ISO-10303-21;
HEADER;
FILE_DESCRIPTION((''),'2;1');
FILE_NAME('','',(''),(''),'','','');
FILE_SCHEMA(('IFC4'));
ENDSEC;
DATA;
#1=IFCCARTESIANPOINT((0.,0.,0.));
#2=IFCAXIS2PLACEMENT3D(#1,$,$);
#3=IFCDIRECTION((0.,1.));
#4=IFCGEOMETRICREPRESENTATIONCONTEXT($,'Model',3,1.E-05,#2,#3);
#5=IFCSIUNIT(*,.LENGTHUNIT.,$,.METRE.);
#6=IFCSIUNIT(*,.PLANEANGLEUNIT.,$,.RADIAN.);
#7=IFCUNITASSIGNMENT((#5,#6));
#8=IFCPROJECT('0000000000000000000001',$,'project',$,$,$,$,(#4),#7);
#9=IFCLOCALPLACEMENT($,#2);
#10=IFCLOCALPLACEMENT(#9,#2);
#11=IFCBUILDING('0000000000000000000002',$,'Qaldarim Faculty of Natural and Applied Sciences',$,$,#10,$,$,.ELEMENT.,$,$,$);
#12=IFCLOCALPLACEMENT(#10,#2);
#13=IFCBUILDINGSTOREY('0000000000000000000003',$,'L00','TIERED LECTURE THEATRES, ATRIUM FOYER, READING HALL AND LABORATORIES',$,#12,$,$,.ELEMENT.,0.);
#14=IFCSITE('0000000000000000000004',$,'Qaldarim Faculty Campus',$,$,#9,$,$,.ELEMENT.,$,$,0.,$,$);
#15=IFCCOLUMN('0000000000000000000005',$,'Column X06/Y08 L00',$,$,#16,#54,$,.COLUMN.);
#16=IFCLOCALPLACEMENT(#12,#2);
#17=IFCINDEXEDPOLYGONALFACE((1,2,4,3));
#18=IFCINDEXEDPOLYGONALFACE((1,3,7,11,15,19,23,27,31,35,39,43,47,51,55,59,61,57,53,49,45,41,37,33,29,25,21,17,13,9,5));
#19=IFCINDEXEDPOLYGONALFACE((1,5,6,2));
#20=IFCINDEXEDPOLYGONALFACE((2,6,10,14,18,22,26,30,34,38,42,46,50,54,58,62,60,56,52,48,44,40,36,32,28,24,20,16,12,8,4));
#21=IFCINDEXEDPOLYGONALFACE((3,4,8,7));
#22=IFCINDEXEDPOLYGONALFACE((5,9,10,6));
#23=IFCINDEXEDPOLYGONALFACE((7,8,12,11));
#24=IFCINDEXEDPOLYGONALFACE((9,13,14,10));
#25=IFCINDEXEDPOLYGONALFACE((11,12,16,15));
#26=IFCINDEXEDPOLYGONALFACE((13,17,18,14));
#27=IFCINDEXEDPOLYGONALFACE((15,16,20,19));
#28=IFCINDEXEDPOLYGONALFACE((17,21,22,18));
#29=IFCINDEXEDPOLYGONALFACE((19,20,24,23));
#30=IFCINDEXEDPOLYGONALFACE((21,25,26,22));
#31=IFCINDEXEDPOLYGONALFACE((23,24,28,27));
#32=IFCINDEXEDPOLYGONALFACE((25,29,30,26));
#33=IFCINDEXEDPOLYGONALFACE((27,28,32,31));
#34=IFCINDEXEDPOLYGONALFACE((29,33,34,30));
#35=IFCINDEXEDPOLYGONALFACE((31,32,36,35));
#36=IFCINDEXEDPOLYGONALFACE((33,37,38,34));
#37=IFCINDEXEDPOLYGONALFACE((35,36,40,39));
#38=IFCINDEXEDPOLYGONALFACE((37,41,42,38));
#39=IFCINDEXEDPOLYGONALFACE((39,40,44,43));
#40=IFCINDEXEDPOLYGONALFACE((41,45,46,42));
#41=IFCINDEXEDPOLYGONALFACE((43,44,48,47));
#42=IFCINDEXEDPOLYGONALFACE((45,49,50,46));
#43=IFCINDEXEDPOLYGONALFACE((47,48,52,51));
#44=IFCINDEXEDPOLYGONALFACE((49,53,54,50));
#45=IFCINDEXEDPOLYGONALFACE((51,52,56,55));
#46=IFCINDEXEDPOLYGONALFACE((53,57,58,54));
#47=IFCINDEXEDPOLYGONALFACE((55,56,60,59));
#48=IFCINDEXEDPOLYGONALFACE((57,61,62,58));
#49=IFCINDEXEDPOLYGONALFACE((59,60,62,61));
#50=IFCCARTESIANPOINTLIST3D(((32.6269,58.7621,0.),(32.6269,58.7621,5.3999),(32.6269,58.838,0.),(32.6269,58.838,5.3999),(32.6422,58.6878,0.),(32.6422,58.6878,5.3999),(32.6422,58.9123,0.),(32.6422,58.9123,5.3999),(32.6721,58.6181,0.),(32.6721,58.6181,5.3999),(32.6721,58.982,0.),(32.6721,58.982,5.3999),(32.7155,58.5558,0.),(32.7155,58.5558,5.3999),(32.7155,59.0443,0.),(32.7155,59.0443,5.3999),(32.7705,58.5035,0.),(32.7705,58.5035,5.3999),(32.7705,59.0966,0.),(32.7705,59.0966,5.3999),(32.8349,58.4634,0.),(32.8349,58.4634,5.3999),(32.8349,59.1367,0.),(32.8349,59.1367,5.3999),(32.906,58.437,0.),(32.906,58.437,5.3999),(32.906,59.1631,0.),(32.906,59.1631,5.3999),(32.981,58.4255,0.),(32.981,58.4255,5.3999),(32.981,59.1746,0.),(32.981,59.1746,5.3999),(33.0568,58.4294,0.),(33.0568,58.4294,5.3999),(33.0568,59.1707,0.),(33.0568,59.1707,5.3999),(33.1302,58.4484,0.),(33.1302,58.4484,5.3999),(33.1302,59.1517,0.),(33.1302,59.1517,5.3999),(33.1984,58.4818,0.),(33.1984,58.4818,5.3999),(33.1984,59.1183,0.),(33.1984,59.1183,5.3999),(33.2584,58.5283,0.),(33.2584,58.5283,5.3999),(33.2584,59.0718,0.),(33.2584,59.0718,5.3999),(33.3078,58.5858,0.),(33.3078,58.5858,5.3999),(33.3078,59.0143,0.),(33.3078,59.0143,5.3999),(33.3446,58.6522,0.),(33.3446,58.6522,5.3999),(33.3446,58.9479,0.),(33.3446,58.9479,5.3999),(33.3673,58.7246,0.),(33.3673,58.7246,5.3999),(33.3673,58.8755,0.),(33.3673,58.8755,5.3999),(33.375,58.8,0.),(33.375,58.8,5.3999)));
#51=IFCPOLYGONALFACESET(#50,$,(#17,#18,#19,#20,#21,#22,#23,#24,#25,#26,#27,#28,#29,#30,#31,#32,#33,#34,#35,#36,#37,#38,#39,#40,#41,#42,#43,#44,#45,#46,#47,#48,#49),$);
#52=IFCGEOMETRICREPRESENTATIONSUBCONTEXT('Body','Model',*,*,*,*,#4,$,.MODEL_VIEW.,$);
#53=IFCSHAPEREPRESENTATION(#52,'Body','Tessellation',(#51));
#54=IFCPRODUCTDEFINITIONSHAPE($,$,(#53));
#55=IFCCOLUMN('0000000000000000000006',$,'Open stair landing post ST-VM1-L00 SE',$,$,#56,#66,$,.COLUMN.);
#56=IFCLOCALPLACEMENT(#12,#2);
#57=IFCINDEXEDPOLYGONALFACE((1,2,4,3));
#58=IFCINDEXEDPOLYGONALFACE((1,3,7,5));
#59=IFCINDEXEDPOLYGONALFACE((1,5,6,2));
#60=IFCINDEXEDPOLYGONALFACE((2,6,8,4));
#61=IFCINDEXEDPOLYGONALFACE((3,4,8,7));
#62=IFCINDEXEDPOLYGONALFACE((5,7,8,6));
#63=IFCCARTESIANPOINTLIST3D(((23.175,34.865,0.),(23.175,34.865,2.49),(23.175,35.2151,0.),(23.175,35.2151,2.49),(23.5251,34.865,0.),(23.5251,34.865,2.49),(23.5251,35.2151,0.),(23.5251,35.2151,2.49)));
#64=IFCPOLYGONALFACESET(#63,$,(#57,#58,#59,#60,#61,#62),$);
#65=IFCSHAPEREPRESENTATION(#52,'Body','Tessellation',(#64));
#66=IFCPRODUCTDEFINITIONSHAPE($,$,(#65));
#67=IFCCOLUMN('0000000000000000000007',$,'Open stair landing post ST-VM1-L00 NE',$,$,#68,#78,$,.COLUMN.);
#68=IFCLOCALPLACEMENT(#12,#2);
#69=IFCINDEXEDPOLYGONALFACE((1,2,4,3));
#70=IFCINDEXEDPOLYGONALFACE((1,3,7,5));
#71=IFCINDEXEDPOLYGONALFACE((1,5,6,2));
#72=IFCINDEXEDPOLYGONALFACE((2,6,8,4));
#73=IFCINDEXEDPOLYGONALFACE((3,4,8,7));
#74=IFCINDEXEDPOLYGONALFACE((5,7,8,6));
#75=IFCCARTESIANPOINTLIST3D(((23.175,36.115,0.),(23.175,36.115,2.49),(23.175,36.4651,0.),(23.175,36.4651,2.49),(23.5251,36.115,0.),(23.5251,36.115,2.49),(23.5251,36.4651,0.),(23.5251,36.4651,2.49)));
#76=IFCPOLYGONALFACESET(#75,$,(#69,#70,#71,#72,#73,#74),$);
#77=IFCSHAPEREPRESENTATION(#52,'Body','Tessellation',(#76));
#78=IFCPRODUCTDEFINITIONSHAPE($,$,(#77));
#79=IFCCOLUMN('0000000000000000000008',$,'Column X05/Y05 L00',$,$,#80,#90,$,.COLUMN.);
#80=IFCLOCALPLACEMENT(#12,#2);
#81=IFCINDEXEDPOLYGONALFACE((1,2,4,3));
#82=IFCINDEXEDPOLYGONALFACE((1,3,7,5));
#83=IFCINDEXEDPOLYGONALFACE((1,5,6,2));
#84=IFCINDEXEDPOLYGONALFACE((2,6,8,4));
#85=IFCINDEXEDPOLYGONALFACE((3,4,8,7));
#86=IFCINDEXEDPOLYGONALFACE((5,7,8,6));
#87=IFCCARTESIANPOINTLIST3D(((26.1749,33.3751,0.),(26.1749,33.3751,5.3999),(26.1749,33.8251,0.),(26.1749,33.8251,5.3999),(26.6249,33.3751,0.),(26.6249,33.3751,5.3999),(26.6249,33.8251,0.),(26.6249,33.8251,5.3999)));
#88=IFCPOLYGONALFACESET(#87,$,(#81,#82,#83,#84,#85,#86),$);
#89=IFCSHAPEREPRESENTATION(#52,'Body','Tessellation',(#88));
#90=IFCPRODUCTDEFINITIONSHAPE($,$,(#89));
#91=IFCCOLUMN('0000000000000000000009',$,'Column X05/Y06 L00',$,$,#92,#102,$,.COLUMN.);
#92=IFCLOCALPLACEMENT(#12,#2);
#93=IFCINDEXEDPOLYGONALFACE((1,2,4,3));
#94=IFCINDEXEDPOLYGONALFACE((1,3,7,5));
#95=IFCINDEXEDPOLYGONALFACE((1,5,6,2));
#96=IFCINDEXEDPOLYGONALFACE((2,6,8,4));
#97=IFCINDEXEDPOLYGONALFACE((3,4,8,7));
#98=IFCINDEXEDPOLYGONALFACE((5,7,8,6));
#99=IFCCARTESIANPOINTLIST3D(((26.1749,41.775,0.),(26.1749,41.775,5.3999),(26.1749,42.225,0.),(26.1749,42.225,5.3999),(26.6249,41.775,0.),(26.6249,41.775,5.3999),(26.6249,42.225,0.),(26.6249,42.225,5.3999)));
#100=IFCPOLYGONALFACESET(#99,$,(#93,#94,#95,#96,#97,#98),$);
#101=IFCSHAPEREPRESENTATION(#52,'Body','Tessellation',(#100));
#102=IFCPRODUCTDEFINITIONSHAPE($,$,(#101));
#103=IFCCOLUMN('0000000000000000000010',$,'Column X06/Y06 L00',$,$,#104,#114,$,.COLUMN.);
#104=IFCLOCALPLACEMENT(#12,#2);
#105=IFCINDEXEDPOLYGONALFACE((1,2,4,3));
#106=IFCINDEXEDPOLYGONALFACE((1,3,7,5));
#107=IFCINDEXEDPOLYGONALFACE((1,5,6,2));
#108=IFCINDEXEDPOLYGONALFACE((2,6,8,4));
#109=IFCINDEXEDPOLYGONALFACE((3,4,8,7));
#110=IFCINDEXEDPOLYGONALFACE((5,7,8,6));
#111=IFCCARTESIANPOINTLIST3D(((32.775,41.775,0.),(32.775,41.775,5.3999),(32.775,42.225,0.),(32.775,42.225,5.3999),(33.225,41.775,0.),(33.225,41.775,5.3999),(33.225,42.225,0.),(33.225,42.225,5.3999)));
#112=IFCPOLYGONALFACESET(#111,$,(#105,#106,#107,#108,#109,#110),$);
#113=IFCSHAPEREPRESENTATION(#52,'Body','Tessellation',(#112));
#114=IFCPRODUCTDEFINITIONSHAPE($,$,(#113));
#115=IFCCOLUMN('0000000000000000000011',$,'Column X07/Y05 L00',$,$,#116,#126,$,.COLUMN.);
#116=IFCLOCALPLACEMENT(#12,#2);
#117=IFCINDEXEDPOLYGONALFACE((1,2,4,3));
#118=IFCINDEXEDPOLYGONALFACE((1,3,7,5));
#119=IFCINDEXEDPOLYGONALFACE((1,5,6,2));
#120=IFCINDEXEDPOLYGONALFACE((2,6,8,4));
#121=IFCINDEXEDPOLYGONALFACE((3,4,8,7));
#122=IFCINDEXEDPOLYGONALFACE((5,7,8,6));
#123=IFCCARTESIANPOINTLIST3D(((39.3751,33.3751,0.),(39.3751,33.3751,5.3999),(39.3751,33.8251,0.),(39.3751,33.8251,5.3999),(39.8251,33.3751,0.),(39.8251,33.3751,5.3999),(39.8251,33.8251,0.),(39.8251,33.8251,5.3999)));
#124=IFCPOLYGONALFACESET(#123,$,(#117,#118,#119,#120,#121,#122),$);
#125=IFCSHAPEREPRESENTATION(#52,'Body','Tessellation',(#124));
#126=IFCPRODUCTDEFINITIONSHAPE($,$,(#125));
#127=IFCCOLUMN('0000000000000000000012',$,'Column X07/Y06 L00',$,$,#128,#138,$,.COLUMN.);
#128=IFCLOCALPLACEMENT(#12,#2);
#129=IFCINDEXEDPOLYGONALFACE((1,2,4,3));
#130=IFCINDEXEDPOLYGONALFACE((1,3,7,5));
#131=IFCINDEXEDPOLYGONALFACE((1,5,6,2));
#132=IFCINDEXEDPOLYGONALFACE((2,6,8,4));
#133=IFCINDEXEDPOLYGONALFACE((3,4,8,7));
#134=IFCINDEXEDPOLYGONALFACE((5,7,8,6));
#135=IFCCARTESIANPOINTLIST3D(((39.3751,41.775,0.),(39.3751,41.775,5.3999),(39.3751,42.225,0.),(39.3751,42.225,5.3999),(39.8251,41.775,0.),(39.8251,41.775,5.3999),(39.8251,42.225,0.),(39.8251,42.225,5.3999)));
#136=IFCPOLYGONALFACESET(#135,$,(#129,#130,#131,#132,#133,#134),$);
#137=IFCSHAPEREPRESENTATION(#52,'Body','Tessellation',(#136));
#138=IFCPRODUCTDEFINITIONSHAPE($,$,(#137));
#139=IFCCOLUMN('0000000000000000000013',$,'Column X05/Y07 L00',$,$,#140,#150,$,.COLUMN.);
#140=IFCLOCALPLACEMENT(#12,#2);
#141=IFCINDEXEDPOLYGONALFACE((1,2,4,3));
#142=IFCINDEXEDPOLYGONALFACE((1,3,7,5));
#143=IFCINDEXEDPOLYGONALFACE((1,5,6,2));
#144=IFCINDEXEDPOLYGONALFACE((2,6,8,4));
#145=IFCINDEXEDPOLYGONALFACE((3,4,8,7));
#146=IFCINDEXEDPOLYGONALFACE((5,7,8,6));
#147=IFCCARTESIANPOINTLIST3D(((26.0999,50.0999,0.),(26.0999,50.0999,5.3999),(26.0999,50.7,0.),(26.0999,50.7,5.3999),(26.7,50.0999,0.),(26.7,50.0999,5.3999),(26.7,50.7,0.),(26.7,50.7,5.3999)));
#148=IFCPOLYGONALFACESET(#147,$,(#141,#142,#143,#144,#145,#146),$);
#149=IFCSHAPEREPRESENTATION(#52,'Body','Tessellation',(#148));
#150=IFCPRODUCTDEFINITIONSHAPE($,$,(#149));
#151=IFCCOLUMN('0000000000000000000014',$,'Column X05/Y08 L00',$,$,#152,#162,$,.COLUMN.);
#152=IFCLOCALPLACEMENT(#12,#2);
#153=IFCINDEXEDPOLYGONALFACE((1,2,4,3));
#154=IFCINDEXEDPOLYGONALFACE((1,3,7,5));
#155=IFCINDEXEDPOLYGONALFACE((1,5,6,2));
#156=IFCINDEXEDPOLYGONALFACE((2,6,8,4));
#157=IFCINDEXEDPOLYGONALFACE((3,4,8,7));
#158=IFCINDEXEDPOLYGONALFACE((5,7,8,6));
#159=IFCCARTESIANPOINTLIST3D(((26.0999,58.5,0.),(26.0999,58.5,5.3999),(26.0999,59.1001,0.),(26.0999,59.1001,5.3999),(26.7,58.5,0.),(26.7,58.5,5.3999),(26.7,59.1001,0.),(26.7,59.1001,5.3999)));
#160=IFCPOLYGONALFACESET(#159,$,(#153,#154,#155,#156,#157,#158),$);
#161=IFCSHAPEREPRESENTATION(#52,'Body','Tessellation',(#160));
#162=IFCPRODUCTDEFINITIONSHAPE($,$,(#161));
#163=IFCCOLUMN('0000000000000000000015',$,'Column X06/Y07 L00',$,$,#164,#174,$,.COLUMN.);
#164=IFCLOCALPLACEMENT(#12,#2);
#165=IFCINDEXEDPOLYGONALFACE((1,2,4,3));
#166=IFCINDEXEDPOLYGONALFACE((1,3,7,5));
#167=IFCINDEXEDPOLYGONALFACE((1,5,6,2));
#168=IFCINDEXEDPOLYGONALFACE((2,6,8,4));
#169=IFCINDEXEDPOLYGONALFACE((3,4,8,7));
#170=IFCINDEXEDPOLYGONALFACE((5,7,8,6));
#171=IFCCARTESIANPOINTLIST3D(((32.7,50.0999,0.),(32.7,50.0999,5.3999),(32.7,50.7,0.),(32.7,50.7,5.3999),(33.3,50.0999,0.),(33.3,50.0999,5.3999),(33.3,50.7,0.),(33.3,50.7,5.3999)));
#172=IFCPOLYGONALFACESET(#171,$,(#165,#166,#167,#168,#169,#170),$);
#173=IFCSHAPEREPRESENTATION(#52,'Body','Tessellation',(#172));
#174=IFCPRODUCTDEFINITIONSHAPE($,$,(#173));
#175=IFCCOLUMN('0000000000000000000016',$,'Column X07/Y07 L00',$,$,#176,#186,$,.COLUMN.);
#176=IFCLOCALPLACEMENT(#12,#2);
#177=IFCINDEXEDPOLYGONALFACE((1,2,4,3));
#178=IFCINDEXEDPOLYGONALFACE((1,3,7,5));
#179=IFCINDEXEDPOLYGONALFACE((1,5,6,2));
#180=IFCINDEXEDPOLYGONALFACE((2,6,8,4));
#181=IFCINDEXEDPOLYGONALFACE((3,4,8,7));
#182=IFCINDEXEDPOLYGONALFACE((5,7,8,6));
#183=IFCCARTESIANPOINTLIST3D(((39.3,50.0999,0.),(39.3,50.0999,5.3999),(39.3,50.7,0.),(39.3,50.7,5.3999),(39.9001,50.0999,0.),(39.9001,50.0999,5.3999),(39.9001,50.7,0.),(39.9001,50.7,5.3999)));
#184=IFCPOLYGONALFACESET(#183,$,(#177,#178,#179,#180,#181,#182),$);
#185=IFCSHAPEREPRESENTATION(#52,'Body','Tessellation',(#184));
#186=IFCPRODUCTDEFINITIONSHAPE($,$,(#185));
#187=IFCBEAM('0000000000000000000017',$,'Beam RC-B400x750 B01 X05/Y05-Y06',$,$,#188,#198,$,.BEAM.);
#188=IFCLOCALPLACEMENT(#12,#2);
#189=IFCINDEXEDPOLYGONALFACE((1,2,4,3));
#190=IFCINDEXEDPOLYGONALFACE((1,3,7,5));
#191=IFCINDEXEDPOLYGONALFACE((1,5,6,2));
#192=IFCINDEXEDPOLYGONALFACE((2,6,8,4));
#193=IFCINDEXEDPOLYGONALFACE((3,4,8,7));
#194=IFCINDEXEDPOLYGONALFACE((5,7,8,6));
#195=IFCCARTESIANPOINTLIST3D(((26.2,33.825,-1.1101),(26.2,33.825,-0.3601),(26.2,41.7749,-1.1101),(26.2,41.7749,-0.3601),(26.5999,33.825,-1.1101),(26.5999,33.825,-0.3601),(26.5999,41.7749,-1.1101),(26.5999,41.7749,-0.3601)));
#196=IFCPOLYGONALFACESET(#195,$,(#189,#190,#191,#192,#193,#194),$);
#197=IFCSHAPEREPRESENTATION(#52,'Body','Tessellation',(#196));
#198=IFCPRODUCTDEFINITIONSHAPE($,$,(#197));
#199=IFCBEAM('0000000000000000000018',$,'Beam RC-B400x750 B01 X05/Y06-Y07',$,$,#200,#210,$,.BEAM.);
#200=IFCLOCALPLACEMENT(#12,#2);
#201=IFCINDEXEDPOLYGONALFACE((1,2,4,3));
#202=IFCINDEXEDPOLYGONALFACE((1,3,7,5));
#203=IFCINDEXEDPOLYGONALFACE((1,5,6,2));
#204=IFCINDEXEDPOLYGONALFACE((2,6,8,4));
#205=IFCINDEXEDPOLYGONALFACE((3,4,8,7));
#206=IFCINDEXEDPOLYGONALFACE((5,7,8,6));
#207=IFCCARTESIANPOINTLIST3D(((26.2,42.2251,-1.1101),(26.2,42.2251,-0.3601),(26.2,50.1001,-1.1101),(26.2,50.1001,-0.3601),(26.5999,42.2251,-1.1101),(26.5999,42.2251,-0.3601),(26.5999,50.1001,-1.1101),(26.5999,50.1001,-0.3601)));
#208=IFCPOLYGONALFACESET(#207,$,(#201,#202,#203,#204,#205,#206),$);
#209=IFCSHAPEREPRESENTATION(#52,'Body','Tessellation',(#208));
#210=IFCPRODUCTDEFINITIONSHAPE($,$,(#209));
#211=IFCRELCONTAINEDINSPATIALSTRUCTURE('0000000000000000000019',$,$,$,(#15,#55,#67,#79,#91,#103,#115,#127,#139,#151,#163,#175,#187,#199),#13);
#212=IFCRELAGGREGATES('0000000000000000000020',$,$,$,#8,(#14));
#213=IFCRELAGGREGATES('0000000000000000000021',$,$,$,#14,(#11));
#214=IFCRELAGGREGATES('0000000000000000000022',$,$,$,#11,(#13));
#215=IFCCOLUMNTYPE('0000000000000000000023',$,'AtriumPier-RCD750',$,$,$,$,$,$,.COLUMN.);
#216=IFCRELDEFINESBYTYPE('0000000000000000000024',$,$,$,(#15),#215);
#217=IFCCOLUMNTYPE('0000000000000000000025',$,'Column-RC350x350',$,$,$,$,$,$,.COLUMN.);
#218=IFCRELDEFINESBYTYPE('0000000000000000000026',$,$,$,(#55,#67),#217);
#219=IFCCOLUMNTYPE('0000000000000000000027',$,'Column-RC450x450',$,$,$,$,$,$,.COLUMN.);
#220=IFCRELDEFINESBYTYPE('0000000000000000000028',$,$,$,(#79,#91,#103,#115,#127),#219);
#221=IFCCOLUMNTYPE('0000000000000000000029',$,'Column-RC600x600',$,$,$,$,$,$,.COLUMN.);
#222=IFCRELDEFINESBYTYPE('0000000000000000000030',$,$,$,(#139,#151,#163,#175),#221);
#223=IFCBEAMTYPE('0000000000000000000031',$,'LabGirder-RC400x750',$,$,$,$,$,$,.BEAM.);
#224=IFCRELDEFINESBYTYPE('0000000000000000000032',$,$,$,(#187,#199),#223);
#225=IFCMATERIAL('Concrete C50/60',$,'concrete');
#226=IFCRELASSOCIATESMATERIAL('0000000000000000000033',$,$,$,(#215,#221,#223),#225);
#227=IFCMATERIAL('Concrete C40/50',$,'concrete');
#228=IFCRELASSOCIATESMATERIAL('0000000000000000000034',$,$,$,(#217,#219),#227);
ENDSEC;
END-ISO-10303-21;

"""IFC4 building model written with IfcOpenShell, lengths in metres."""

from ifc_helpers import new_model, si_unit, direction, frame, origin, origin_2d, place, context, subcontext, project, spatial, rectangle, circle, extrude, material, material_profile, profile_set, type_object, element, save


model = new_model("IFC4")

# Units and contexts
model_context = context("Model", 3, precision=1e-05, world=origin(), true_north=direction((0.0, 1.0)))
body_context = subcontext(model_context, "Body", "Model", "MODEL_VIEW")
ifc_project = project(units=[si_unit("LENGTHUNIT", "METRE"), si_unit("PLANEANGLEUNIT", "RADIAN")], contexts=[model_context])

# Site, building, storey
site_placement = place(None, origin())
site = spatial("IfcSite", under=ifc_project, at=site_placement, Name="Qaldarim Faculty Campus", CompositionType="ELEMENT", RefElevation=0.0)
building_placement = place(site_placement, origin())
building = spatial("IfcBuilding", under=site, at=building_placement, Name="Qaldarim Faculty of Natural and Applied Sciences", CompositionType="ELEMENT")
storey_placement = place(building_placement, origin())
storey = spatial("IfcBuildingStorey", under=building, at=storey_placement, Name="L00", Description="TIERED LECTURE THEATRES, ATRIUM FOYER, READING HALL AND LABORATORIES", CompositionType="ELEMENT", Elevation=0.0)

# Columns
ifc_material_1 = material(Name="Concrete C50/60", Category="concrete")
ifc_material_profile_1 = material_profile(ifc_material_1, circle(Radius=0.375, at=origin_2d()), Name="RC-D750")
ifc_profile_set_1 = profile_set([ifc_material_profile_1], Name="Concrete C50/60")
column_type_1 = type_object("IfcColumnType", Name="AtriumPier-RCD750", PredefinedType="COLUMN", material=ifc_profile_set_1)
column_placement = place(storey_placement, frame((33.0, 58.8, 0.0), z_axis=(0.0, 0.0, 1.0), x_axis=(1.0, 0.0, 0.0)))
element("IfcColumn", 1, at=column_placement, inside=storey, type_object=column_type_1, Name="Column X06/Y08 L00", PredefinedType="COLUMN", context=body_context, shape_type="SweptSolid", body=[
    extrude(circle(Radius=0.375, at=origin_2d()), origin(), (0.0, 0.0, 1.0), 5.3999),
])
ifc_material_2 = material(Name="Concrete C40/50", Category="concrete")
ifc_material_profile_2 = material_profile(ifc_material_2, rectangle(XDim=0.3501, YDim=0.3501, at=origin_2d()), Name="RC-C350x350")
ifc_profile_set_2 = profile_set([ifc_material_profile_2], Name="Concrete C40/50")
column_type_2 = type_object("IfcColumnType", Name="Column-RC350x350", PredefinedType="COLUMN", material=ifc_profile_set_2)
for number, where, z_axis, x_axis, name in (
    (2, (23.3501, 35.04, 0.0), (0.0, 0.0, 1.0), (1.0, 0.0, 0.0), "Open stair landing post ST-VM1-L00 SE"),
    (3, (23.3501, 36.29, 0.0), (0.0, 0.0, 1.0), (1.0, 0.0, 0.0), "Open stair landing post ST-VM1-L00 NE"),
):
    element("IfcColumn", number, at=place(storey_placement, frame(where, z_axis=z_axis, x_axis=x_axis)), inside=storey, type_object=column_type_2, Name=name, PredefinedType="COLUMN", context=body_context, shape_type="SweptSolid", body=[
        extrude(rectangle(XDim=0.3501, YDim=0.3501, at=origin_2d()), origin(), (0.0, 0.0, 1.0), 2.49),
    ])
ifc_material_profile_3 = material_profile(ifc_material_2, rectangle(XDim=0.45, YDim=0.45, at=origin_2d()), Name="RC-C450x450")
ifc_profile_set_3 = profile_set([ifc_material_profile_3], Name="Concrete C40/50")
column_type_3 = type_object("IfcColumnType", Name="Column-RC450x450", PredefinedType="COLUMN", material=ifc_profile_set_3)
for number, where, z_axis, x_axis, name in (
    (4, (26.3999, 33.6001, 0.0), (0.0, 0.0, 1.0), (1.0, 0.0, 0.0), "Column X05/Y05 L00"),
    (5, (26.3999, 42.0, 0.0), (0.0, 0.0, 1.0), (1.0, 0.0, 0.0), "Column X05/Y06 L00"),
    (6, (33.0, 42.0, 0.0), (0.0, 0.0, 1.0), (1.0, 0.0, 0.0), "Column X06/Y06 L00"),
    (7, (39.6001, 33.6001, 0.0), (0.0, 0.0, 1.0), (1.0, 0.0, 0.0), "Column X07/Y05 L00"),
    (8, (39.6001, 42.0, 0.0), (0.0, 0.0, 1.0), (1.0, 0.0, 0.0), "Column X07/Y06 L00"),
):
    element("IfcColumn", number, at=place(storey_placement, frame(where, z_axis=z_axis, x_axis=x_axis)), inside=storey, type_object=column_type_3, Name=name, PredefinedType="COLUMN", context=body_context, shape_type="SweptSolid", body=[
        extrude(rectangle(XDim=0.45, YDim=0.45, at=origin_2d()), origin(), (0.0, 0.0, 1.0), 5.3999),
    ])
ifc_material_profile_4 = material_profile(ifc_material_1, rectangle(XDim=0.6001, YDim=0.6001, at=origin_2d()), Name="RC-C600x600")
ifc_profile_set_4 = profile_set([ifc_material_profile_4], Name="Concrete C50/60")
column_type_4 = type_object("IfcColumnType", Name="Column-RC600x600", PredefinedType="COLUMN", material=ifc_profile_set_4)
for number, where, z_axis, x_axis, name in (
    (9, (26.3999, 50.3999, 0.0), (0.0, 0.0, 1.0), (1.0, 0.0, 0.0), "Column X05/Y07 L00"),
    (10, (26.3999, 58.8, 0.0), (0.0, 0.0, 1.0), (1.0, 0.0, 0.0), "Column X05/Y08 L00"),
    (11, (33.0, 50.3999, 0.0), (0.0, 0.0, 1.0), (1.0, 0.0, 0.0), "Column X06/Y07 L00"),
    (12, (39.6001, 50.3999, 0.0), (0.0, 0.0, 1.0), (1.0, 0.0, 0.0), "Column X07/Y07 L00"),
):
    element("IfcColumn", number, at=place(storey_placement, frame(where, z_axis=z_axis, x_axis=x_axis)), inside=storey, type_object=column_type_4, Name=name, PredefinedType="COLUMN", context=body_context, shape_type="SweptSolid", body=[
        extrude(rectangle(XDim=0.6001, YDim=0.6001, at=origin_2d()), origin(), (0.0, 0.0, 1.0), 5.3999),
    ])

# Beams
ifc_material_profile_5 = material_profile(ifc_material_1, rectangle(XDim=0.3999, YDim=0.75, at=origin_2d()), Name="RC-B400x750")
ifc_profile_set_5 = profile_set([ifc_material_profile_5], Name="Concrete C50/60")
beam_type_1 = type_object("IfcBeamType", Name="LabGirder-RC400x750", PredefinedType="BEAM", material=ifc_profile_set_5)
beam_1_placement = place(storey_placement, frame((26.3999, 33.825, -0.7351), z_axis=(0.0, 1.0, 0.0), x_axis=(-1.0, 0.0, 0.0)))
element("IfcBeam", 13, at=beam_1_placement, inside=storey, type_object=beam_type_1, Name="Beam RC-B400x750 B01 X05/Y05-Y06", PredefinedType="BEAM", context=body_context, shape_type="SweptSolid", body=[
    extrude(rectangle(XDim=0.3999, YDim=0.75, at=origin_2d()), origin(), (0.0, 0.0, 1.0), 7.95),
])
beam_2_placement = place(storey_placement, frame((26.3999, 42.2251, -0.7351), z_axis=(0.0, 1.0, 0.0), x_axis=(-1.0, 0.0, 0.0)))
element("IfcBeam", 14, at=beam_2_placement, inside=storey, type_object=beam_type_1, Name="Beam RC-B400x750 B01 X05/Y06-Y07", PredefinedType="BEAM", context=body_context, shape_type="SweptSolid", body=[
    extrude(rectangle(XDim=0.3999, YDim=0.75, at=origin_2d()), origin(), (0.0, 0.0, 1.0), 7.875),
])

save(model, "model.ifc")
